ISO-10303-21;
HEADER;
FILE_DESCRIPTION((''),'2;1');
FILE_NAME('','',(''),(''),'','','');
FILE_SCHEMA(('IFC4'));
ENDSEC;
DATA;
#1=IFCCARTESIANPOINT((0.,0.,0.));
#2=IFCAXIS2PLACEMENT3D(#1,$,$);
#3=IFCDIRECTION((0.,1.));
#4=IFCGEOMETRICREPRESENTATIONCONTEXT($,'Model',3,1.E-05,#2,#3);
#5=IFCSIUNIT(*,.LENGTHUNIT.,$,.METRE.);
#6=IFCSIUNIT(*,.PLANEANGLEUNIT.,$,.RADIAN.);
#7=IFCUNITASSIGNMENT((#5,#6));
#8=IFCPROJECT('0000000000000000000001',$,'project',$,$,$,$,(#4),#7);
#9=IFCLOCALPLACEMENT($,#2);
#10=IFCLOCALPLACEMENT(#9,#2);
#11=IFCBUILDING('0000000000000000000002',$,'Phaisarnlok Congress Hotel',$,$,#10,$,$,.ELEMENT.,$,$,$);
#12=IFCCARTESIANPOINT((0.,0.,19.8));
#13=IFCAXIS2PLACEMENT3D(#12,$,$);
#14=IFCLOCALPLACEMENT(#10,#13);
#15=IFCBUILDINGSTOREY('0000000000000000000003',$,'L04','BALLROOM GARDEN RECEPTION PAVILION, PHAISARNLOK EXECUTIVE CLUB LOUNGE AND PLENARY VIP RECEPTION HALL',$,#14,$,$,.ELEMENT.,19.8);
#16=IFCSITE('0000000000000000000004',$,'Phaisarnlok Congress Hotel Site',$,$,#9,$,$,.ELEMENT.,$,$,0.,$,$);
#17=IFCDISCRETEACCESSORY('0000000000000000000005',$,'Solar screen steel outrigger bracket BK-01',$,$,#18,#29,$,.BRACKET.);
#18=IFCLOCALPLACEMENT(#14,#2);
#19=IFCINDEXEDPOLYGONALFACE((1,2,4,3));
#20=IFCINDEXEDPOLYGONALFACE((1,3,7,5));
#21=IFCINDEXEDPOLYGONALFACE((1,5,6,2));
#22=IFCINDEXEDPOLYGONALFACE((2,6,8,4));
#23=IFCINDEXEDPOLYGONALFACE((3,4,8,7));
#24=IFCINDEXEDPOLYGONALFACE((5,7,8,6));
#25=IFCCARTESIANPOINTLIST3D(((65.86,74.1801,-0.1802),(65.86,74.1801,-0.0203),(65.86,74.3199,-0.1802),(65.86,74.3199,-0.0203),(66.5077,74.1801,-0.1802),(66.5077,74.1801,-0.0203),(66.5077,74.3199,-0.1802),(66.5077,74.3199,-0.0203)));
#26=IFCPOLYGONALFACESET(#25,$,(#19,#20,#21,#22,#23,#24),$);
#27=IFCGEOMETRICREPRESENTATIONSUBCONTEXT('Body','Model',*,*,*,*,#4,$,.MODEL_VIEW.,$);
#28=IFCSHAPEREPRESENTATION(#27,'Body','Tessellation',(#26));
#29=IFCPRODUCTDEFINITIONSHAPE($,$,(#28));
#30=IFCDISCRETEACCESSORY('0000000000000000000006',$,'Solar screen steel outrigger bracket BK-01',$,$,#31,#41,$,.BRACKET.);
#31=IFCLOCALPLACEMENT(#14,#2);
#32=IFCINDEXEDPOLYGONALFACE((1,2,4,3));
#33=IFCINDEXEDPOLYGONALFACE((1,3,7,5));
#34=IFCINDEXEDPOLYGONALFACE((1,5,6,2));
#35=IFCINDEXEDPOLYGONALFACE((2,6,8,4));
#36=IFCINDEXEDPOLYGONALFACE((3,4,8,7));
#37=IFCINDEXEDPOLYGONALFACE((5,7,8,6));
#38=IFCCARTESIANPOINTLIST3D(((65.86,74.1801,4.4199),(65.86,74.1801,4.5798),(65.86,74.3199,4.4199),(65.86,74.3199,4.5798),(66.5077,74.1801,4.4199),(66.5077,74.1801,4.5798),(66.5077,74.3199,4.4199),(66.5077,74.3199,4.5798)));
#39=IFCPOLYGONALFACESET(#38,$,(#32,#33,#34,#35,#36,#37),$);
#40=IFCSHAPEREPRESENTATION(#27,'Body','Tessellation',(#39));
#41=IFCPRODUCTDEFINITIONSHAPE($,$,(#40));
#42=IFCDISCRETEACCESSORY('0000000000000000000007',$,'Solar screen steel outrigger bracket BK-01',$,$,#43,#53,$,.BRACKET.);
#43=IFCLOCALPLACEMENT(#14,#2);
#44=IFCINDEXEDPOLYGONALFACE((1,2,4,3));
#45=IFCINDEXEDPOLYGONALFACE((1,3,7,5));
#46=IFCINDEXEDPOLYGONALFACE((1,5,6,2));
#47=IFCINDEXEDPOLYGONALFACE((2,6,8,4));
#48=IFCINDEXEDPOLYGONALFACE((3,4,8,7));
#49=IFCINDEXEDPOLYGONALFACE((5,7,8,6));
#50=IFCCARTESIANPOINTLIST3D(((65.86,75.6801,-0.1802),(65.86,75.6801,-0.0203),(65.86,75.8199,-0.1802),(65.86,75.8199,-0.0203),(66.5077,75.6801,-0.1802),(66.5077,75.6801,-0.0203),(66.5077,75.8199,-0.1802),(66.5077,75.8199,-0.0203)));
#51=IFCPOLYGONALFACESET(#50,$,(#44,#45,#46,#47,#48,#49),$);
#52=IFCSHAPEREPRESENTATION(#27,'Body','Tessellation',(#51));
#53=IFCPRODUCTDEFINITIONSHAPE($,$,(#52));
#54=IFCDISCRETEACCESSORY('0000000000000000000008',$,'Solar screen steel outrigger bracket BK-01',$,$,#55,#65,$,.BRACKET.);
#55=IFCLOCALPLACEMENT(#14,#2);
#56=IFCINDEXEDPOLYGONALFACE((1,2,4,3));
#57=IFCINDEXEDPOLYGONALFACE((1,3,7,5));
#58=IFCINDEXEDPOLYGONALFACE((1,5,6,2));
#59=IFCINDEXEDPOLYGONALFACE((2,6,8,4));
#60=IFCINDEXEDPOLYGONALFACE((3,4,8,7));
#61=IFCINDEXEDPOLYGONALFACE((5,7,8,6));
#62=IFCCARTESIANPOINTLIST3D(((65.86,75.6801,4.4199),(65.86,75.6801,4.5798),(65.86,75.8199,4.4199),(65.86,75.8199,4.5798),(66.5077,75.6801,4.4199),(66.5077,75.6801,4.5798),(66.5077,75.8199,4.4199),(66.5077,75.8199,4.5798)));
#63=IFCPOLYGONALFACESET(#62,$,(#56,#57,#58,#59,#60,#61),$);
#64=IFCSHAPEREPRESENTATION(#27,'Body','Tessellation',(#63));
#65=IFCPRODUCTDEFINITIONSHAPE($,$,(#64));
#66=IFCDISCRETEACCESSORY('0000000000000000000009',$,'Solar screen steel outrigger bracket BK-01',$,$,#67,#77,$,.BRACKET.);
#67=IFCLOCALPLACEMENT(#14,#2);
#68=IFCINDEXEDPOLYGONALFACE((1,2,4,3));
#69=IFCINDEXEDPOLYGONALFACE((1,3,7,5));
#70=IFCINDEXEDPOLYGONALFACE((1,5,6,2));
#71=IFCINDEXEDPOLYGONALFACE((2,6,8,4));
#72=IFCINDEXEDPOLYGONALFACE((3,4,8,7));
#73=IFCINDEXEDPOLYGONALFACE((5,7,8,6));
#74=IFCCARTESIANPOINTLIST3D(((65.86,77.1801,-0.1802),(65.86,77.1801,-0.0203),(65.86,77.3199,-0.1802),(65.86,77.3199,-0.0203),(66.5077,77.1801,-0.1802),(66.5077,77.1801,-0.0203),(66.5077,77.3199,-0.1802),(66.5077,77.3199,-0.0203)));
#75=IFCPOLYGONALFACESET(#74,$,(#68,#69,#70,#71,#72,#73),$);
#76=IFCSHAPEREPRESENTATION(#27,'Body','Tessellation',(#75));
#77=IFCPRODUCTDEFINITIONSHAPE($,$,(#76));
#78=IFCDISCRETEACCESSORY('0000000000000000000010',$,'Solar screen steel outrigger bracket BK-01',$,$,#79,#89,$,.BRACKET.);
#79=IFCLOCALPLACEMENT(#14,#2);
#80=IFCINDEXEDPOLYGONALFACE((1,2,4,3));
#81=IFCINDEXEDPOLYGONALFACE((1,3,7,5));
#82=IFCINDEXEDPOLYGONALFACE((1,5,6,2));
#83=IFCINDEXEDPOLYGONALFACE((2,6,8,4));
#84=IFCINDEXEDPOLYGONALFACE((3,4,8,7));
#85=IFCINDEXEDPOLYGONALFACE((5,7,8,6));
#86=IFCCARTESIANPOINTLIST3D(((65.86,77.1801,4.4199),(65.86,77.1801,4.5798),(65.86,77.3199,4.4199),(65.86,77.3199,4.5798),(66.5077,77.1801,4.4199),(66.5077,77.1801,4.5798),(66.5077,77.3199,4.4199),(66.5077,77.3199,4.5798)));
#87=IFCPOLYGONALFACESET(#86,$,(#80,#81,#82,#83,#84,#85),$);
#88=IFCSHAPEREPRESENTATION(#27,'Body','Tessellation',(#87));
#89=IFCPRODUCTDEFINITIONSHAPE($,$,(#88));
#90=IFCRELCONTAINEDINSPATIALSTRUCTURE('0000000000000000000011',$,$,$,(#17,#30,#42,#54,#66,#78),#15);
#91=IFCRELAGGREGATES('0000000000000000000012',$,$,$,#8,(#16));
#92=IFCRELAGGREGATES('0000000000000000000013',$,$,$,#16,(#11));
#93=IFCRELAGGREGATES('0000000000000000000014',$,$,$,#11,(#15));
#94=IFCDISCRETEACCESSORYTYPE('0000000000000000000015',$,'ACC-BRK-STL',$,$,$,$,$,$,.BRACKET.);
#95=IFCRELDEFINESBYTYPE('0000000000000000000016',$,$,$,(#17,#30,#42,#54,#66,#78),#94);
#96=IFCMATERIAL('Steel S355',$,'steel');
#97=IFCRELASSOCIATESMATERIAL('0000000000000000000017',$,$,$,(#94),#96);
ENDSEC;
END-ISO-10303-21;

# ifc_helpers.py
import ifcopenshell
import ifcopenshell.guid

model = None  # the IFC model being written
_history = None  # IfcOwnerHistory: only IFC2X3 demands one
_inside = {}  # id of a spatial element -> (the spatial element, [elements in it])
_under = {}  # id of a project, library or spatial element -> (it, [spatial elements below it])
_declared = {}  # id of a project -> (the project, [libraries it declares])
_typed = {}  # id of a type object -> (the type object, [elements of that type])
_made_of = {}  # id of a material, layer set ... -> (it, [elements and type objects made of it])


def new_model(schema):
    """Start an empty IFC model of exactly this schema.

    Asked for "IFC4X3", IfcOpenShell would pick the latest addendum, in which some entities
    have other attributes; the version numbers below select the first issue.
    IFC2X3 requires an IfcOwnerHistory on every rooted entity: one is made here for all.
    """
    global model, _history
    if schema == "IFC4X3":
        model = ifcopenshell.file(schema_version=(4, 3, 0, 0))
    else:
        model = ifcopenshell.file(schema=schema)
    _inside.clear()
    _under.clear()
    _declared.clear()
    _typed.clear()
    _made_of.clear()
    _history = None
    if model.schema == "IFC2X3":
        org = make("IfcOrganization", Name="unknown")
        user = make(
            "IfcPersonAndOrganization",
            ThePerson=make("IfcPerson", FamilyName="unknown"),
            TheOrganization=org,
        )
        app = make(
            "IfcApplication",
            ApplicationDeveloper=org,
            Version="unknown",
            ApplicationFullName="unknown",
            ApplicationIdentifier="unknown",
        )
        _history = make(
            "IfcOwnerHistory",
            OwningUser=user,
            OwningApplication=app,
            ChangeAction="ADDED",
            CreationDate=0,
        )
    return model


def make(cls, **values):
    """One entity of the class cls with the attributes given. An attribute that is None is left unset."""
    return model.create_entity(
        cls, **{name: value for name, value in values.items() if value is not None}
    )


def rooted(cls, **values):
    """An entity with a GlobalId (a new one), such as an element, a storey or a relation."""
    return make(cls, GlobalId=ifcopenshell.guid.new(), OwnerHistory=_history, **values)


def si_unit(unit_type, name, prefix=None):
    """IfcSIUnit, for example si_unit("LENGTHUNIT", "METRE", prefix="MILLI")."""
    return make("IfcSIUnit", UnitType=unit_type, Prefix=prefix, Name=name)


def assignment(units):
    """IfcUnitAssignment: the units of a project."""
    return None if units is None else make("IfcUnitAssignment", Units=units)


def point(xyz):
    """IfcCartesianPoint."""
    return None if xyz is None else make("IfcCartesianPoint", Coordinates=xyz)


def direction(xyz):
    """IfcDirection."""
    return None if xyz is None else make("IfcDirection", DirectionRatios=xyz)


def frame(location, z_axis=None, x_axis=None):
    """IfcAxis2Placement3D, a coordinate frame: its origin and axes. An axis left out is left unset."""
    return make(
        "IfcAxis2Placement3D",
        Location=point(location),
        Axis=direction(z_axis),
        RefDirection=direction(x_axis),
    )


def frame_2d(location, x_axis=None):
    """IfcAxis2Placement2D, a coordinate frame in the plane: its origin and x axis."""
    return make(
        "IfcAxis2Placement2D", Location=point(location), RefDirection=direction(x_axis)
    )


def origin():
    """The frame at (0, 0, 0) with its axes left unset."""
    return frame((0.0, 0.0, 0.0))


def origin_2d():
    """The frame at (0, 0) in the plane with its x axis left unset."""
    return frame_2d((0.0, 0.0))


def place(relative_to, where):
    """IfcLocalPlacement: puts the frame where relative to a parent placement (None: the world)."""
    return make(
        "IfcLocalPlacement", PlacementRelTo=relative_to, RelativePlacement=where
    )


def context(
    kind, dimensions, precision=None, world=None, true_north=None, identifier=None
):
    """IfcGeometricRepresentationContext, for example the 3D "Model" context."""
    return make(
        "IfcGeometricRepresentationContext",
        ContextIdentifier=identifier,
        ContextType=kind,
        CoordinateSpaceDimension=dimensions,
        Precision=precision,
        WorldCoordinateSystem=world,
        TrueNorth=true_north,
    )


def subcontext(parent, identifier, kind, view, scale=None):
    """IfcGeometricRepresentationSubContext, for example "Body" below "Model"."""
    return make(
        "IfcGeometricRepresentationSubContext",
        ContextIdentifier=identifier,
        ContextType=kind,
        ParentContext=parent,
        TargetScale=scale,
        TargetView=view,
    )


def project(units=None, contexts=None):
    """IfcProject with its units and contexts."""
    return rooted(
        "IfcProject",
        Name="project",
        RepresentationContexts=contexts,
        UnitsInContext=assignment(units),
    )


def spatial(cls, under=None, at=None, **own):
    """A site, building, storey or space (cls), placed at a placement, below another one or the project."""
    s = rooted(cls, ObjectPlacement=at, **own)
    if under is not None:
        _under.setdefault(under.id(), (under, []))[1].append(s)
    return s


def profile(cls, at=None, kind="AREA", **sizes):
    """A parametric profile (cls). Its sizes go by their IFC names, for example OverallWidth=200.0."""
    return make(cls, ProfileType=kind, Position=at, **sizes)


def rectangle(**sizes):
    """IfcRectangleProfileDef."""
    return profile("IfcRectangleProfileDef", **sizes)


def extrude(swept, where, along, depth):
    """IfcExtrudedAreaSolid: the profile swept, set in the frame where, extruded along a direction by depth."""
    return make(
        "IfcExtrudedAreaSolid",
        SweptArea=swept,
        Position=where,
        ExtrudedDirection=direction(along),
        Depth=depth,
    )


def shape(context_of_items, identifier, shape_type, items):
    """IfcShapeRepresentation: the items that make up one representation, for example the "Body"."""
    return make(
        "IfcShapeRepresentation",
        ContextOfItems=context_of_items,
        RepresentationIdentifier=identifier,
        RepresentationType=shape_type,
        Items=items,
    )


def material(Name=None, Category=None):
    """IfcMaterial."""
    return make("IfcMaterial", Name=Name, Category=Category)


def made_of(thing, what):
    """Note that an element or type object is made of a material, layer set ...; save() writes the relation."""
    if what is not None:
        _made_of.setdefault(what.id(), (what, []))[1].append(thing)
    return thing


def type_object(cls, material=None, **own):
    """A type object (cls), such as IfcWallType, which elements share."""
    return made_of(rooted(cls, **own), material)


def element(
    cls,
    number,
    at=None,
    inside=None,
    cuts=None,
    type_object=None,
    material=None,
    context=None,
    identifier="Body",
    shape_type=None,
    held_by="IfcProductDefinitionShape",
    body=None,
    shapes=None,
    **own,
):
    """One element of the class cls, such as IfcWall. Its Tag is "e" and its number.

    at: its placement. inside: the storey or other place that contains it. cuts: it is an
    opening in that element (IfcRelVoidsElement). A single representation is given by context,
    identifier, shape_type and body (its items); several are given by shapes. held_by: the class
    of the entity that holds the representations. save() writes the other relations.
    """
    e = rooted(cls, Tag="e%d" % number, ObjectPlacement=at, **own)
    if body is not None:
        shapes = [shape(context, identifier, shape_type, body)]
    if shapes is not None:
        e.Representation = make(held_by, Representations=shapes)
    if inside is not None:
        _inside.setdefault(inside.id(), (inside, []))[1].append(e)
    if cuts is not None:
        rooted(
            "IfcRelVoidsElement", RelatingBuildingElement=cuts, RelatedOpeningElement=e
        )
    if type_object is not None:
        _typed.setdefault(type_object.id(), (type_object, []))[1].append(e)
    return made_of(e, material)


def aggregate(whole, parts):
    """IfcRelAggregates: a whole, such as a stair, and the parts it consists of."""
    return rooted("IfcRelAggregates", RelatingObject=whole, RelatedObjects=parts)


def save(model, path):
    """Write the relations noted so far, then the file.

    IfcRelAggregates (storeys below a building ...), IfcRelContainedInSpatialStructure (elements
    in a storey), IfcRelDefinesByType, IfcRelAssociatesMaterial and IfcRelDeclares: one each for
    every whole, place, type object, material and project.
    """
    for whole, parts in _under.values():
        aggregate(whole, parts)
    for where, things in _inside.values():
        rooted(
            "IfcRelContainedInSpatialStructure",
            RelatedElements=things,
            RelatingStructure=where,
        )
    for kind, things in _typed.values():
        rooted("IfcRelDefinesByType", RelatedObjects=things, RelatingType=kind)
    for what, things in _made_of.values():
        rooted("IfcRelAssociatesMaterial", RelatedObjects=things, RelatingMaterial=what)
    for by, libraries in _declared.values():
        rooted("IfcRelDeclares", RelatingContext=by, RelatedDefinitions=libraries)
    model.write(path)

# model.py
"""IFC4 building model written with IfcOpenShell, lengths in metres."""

from ifc_helpers import new_model, si_unit, direction, frame, origin, origin_2d, place, context, subcontext, project, spatial, rectangle, extrude, material, type_object, element, save


model = new_model("IFC4")

# Units and contexts
model_context = context("Model", 3, precision=1e-05, world=origin(), true_north=direction((0.0, 1.0)))
body_context = subcontext(model_context, "Body", "Model", "MODEL_VIEW")
ifc_project = project(units=[si_unit("LENGTHUNIT", "METRE"), si_unit("PLANEANGLEUNIT", "RADIAN")], contexts=[model_context])

# Site, building, storey
site_placement = place(None, origin())
site = spatial("IfcSite", under=ifc_project, at=site_placement, Name="Phaisarnlok Congress Hotel Site", CompositionType="ELEMENT", RefElevation=0.0)
building_placement = place(site_placement, origin())
building = spatial("IfcBuilding", under=site, at=building_placement, Name="Phaisarnlok Congress Hotel", CompositionType="ELEMENT")
storey_placement = place(building_placement, frame((0.0, 0.0, 19.8)))
storey = spatial("IfcBuildingStorey", under=building, at=storey_placement, Name="L04", Description="BALLROOM GARDEN RECEPTION PAVILION, PHAISARNLOK EXECUTIVE CLUB LOUNGE AND PLENARY VIP RECEPTION HALL", CompositionType="ELEMENT", Elevation=19.8)

# Shared definitions
ifc_material_1 = material(Name="Steel S355", Category="steel")

# Discrete accessories
discrete_accessory_type = type_object("IfcDiscreteAccessoryType", Name="ACC-BRK-STL", PredefinedType="BRACKET", material=ifc_material_1)
for number, where, z_axis, x_axis, name in (
    (1, (66.1838, 74.25, -0.1802), (0.0, 0.0, 1.0), (1.0, 0.0, 0.0), "Solar screen steel outrigger bracket BK-01"),
    (2, (66.1838, 74.25, 4.4199), (0.0, 0.0, 1.0), (1.0, 0.0, 0.0), "Solar screen steel outrigger bracket BK-01"),
    (3, (66.1838, 75.75, -0.1802), (0.0, 0.0, 1.0), (1.0, 0.0, 0.0), "Solar screen steel outrigger bracket BK-01"),
    (4, (66.1838, 75.75, 4.4199), (0.0, 0.0, 1.0), (1.0, 0.0, 0.0), "Solar screen steel outrigger bracket BK-01"),
    (5, (66.1838, 77.25, -0.1802), (0.0, 0.0, 1.0), (1.0, 0.0, 0.0), "Solar screen steel outrigger bracket BK-01"),
    (6, (66.1838, 77.25, 4.4199), (0.0, 0.0, 1.0), (1.0, 0.0, 0.0), "Solar screen steel outrigger bracket BK-01"),
):
    element("IfcDiscreteAccessory", number, at=place(storey_placement, frame(where, z_axis=z_axis, x_axis=x_axis)), inside=storey, type_object=discrete_accessory_type, Name=name, PredefinedType="BRACKET", context=body_context, shape_type="SweptSolid", body=[
        extrude(rectangle(XDim=0.6477, YDim=0.1399, at=origin_2d()), origin(), (0.0, 0.0, 1.0), 0.1599),
    ])

save(model, "model.ifc")
